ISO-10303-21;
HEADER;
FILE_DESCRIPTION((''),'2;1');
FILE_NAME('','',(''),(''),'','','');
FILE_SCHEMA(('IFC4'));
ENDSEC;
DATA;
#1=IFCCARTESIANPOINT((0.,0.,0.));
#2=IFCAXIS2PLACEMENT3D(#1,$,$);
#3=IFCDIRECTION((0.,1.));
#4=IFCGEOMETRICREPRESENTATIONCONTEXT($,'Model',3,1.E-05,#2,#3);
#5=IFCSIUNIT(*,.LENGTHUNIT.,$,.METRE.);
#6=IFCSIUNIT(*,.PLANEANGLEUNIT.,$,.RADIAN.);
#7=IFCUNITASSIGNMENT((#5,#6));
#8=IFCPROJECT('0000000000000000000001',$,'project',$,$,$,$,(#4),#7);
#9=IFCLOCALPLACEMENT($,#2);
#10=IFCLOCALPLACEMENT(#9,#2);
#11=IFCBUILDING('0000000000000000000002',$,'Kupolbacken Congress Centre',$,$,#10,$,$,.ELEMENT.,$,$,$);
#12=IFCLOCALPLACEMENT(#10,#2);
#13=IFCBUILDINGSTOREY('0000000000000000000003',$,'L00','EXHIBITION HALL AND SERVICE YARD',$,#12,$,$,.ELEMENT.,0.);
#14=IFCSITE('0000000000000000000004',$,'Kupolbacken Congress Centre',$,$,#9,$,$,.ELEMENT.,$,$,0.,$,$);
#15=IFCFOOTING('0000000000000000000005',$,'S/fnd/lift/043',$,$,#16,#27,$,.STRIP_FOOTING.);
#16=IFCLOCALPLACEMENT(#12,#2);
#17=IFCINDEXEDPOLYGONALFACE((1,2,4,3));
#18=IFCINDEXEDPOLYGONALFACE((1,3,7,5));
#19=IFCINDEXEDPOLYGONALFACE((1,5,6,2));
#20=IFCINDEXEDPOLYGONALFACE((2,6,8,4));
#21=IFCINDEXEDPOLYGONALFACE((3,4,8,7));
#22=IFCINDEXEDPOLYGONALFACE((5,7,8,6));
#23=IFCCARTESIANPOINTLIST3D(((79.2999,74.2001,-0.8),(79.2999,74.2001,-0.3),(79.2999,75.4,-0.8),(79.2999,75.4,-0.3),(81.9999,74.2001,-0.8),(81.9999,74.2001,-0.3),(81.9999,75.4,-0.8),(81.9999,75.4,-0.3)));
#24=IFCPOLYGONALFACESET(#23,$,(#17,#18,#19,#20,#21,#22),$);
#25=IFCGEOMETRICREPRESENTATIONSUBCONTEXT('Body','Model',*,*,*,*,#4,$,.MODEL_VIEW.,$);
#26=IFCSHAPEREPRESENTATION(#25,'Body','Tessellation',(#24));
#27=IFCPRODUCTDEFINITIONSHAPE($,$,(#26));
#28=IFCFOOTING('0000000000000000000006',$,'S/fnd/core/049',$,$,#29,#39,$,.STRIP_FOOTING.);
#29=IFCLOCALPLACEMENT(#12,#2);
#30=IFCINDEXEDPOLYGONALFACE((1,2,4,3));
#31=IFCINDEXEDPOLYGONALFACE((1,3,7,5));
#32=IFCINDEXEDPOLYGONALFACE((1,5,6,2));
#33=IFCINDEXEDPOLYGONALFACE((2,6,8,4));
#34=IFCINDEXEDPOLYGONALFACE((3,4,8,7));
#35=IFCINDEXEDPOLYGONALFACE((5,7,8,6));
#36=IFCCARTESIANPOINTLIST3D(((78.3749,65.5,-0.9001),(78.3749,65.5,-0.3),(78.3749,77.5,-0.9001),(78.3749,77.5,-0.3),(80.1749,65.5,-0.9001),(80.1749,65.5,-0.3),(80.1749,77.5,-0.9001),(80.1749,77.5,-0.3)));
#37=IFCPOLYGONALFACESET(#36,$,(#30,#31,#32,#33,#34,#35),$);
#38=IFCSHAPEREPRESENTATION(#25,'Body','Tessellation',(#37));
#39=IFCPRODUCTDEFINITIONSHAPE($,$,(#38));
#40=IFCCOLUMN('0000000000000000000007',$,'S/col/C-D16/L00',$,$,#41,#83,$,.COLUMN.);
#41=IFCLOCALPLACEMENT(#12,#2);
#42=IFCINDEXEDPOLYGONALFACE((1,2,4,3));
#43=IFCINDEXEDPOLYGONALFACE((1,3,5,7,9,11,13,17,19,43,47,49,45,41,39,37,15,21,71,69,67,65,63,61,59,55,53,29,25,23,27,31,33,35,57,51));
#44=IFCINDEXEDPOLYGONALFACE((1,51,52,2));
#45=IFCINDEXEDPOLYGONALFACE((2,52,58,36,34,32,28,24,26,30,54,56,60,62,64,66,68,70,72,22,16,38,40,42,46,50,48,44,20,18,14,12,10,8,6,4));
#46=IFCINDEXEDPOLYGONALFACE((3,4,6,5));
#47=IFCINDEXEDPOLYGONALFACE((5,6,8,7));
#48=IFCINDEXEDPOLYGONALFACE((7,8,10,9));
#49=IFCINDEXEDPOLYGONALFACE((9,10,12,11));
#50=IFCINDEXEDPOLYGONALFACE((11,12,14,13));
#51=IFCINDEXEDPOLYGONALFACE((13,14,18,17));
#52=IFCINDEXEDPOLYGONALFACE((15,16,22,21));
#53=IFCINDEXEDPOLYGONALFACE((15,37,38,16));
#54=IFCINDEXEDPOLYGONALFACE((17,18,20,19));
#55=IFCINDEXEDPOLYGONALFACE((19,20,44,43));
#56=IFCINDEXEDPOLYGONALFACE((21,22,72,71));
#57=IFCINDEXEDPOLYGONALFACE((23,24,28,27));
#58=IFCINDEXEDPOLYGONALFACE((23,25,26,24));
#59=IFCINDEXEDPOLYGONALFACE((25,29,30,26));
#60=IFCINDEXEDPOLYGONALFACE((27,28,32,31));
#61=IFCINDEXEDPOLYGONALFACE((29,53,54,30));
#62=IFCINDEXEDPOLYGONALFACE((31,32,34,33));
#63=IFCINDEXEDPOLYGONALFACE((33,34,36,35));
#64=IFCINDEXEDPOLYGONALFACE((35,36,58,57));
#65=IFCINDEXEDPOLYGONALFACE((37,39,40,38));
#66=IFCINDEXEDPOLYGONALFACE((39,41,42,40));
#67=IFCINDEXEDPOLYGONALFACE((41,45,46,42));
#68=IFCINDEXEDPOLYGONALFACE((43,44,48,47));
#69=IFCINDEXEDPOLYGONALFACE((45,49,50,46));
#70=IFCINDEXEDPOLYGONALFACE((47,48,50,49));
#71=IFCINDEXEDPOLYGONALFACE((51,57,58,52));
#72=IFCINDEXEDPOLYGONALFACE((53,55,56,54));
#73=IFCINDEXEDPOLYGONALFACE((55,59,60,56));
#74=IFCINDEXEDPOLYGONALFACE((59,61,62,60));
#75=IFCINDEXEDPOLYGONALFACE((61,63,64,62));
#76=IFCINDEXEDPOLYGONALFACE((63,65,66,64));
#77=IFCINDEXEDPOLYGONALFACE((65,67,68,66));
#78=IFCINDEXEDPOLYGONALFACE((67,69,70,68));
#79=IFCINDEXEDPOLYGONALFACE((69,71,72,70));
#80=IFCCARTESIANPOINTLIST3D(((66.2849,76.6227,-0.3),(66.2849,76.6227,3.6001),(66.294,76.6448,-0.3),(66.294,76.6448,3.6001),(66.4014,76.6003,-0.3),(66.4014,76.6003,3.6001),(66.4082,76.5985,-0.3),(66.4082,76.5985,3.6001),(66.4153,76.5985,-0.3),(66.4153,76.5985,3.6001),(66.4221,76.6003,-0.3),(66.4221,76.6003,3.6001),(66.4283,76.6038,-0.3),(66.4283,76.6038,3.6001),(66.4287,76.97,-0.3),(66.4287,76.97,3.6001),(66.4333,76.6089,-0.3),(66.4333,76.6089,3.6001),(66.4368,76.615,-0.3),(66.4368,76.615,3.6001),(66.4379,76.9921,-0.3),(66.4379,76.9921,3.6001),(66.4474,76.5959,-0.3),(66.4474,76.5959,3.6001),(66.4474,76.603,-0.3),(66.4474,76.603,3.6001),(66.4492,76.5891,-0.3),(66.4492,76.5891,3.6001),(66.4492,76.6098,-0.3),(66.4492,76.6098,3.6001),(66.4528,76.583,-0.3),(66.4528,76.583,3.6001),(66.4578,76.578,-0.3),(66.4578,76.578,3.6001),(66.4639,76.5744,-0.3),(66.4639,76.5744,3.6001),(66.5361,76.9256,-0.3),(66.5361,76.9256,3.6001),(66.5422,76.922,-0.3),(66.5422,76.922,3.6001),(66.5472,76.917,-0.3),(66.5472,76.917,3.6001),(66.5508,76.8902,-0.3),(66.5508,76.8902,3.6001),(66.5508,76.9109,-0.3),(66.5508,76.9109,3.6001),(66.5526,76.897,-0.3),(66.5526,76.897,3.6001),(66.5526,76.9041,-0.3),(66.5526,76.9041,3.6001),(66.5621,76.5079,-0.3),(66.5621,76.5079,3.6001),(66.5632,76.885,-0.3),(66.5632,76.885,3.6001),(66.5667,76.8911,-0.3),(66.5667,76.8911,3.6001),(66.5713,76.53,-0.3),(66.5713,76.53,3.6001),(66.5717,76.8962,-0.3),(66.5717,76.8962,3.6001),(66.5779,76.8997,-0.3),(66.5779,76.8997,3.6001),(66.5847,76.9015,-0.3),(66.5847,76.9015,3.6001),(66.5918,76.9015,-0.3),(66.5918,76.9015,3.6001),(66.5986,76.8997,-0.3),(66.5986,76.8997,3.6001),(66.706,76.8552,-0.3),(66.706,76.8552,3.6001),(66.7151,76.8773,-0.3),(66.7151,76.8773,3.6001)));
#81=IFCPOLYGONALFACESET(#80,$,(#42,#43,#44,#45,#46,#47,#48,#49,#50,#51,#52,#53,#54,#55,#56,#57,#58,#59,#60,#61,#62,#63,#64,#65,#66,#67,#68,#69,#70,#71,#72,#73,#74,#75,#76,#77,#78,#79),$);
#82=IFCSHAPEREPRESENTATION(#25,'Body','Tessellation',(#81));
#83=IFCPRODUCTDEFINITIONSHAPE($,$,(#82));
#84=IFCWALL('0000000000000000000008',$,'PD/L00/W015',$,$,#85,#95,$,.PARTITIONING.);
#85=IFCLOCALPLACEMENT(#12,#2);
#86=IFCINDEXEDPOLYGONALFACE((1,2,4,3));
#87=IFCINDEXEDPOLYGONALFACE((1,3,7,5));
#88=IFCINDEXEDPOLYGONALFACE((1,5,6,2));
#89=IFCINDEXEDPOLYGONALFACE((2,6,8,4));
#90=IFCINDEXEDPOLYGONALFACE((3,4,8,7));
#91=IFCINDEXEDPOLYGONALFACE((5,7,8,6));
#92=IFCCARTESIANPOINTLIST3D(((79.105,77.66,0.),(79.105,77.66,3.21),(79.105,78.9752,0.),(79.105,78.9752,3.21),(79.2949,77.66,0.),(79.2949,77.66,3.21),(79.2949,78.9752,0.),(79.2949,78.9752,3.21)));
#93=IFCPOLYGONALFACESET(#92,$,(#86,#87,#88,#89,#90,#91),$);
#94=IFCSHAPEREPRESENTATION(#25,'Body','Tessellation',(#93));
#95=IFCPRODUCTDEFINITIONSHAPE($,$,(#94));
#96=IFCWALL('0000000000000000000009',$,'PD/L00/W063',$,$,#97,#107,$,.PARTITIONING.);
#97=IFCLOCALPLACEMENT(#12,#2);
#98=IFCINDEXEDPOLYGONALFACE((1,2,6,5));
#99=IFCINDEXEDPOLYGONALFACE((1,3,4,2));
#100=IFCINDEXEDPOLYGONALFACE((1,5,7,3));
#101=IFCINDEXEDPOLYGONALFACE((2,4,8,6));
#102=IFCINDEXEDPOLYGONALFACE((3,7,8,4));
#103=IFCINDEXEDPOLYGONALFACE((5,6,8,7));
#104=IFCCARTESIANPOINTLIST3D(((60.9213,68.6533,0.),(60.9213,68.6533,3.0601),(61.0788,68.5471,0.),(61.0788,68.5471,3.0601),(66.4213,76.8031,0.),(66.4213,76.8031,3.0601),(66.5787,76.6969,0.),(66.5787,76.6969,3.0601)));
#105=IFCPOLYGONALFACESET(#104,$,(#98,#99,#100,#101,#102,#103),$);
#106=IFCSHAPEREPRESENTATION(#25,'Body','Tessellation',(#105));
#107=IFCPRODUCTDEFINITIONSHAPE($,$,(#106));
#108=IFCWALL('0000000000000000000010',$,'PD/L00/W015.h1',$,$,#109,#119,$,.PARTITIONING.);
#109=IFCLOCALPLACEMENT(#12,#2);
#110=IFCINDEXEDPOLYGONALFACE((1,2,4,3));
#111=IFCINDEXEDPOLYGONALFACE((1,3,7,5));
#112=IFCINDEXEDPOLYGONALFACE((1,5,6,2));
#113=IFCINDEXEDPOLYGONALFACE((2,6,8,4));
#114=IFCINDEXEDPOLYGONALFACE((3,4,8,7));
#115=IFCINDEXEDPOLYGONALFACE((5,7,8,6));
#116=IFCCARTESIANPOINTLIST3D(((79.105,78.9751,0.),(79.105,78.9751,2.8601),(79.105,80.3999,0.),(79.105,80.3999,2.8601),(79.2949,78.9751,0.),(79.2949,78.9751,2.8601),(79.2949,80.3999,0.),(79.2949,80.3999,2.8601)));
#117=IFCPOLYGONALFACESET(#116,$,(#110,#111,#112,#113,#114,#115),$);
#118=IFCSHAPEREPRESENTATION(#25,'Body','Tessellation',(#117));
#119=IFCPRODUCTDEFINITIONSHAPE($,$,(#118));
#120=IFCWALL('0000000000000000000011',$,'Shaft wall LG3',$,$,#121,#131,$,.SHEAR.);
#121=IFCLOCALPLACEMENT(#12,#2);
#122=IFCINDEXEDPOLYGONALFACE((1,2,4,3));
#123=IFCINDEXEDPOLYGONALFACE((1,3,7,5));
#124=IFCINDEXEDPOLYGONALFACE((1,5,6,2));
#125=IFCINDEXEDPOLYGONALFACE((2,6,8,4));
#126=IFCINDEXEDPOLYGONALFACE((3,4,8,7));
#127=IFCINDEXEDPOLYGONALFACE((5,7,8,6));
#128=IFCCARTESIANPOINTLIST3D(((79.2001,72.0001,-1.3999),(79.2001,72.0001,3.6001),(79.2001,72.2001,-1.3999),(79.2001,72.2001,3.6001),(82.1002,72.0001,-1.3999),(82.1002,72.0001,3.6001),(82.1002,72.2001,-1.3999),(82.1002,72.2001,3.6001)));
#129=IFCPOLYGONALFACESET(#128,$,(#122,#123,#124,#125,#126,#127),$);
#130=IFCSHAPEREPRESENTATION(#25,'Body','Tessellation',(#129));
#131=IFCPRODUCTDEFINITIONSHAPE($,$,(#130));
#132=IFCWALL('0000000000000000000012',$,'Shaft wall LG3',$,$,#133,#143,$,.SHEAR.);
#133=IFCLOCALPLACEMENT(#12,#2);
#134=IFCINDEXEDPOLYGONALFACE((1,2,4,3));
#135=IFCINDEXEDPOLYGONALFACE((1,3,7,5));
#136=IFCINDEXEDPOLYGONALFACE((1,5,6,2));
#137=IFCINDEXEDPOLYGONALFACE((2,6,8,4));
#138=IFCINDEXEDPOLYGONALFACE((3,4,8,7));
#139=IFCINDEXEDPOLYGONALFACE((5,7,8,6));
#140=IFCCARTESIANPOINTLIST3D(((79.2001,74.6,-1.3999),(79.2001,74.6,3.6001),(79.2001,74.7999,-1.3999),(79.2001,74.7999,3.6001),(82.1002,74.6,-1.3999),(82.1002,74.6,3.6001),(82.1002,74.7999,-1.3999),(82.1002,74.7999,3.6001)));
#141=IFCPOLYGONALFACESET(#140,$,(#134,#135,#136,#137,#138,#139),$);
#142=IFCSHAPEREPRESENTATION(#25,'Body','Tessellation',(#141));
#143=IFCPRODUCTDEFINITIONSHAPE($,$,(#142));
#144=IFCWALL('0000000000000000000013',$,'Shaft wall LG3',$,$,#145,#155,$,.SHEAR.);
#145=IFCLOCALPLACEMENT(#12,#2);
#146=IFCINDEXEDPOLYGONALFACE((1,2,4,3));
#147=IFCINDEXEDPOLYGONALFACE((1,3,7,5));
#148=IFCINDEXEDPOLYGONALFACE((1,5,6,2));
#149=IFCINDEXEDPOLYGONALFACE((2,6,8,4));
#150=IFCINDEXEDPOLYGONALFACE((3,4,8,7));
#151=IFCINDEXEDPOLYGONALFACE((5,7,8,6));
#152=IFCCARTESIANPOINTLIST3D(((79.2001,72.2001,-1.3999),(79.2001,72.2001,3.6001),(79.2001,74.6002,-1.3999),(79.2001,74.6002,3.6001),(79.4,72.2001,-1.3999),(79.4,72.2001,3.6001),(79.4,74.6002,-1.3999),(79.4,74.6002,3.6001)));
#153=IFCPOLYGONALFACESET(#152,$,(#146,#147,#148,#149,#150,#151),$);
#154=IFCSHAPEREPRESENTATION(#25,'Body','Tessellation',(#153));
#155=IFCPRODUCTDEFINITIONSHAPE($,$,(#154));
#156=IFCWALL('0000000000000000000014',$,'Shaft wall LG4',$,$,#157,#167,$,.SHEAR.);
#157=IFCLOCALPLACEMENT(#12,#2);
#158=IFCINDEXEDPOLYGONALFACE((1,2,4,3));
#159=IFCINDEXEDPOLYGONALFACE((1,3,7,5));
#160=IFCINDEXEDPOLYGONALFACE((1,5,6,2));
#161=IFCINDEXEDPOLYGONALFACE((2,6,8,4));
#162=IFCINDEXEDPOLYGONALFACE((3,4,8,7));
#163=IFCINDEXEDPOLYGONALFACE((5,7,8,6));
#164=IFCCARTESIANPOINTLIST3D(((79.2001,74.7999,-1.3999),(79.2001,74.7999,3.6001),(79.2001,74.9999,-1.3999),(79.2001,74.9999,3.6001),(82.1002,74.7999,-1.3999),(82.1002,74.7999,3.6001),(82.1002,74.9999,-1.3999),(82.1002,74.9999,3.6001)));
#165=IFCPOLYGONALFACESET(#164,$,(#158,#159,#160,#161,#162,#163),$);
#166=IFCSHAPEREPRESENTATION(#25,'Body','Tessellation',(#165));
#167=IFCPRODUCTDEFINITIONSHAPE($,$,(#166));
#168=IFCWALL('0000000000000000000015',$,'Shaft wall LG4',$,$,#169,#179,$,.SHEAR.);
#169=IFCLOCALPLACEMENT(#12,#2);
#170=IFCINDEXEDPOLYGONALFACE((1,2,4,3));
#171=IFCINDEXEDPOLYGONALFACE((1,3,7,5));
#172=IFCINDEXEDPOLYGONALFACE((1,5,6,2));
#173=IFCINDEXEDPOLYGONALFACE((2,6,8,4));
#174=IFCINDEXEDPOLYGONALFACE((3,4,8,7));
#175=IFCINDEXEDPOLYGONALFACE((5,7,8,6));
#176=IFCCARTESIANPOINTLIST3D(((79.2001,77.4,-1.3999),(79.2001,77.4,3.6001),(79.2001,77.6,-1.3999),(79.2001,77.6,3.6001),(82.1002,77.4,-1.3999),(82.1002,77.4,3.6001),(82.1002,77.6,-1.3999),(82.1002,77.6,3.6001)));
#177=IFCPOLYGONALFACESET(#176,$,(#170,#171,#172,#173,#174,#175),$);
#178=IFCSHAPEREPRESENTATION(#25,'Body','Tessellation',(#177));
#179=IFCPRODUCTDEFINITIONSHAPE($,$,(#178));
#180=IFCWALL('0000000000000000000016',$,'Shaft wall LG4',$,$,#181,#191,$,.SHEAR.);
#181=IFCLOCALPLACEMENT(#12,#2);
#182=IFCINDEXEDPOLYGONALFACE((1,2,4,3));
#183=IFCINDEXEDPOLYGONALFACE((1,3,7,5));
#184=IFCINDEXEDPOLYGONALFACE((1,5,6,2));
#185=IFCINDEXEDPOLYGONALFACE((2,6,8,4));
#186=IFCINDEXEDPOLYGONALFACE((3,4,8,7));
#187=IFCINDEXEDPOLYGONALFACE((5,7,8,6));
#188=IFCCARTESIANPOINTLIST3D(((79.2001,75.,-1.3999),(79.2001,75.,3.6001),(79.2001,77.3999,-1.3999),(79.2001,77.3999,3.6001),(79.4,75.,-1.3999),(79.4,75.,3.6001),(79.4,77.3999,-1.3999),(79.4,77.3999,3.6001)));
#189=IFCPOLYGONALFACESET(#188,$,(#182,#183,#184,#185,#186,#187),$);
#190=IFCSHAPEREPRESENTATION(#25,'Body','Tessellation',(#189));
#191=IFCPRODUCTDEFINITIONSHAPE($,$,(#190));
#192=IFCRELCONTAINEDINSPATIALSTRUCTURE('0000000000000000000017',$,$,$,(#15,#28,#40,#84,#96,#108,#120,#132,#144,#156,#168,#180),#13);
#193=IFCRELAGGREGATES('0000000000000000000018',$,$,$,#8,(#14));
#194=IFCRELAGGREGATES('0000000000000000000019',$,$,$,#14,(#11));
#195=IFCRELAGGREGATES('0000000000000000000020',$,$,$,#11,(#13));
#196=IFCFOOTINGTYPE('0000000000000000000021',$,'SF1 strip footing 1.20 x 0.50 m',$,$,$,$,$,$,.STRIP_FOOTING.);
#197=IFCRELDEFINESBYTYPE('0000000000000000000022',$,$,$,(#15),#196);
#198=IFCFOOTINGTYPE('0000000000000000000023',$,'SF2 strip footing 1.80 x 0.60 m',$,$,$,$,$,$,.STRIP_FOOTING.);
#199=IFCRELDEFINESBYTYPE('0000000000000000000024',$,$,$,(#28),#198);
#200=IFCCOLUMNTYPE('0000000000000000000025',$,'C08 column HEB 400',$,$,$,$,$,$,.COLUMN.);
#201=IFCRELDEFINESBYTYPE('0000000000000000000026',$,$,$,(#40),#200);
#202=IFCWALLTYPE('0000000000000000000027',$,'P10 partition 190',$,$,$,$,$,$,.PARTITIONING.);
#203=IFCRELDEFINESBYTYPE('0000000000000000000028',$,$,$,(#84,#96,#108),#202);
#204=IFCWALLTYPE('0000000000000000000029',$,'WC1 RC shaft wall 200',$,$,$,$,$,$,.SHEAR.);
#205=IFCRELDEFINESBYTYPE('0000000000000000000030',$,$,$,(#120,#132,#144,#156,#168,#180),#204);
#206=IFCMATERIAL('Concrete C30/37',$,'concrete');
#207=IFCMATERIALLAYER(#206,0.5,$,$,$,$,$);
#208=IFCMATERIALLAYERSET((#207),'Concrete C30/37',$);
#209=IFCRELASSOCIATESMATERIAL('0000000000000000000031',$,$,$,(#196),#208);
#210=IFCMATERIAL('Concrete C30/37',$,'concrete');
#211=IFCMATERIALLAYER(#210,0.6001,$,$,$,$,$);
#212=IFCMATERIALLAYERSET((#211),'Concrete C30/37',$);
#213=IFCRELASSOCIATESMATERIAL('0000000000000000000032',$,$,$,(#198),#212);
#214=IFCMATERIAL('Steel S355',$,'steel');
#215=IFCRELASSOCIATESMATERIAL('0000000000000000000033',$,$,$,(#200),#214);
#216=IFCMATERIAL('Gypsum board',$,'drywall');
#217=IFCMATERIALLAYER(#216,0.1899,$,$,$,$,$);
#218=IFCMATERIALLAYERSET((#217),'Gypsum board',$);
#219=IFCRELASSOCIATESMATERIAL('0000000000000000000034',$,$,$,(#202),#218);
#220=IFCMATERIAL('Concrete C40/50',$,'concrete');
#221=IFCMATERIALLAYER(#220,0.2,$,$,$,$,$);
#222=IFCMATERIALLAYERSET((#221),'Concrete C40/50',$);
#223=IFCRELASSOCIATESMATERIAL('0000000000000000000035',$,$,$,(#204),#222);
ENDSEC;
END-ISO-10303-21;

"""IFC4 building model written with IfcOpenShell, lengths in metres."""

from ifc_helpers import new_model, si_unit, direction, frame, frame_2d, origin, origin_2d, place, context, subcontext, project, spatial, rectangle, i_section, extrude, material, layer, layer_set, material_profile, profile_set, type_object, element, save


model = new_model("IFC4")

# Units and contexts
model_context = context("Model", 3, precision=1e-05, world=origin(), true_north=direction((0.0, 1.0)))
body_context = subcontext(model_context, "Body", "Model", "MODEL_VIEW")
ifc_project = project(units=[si_unit("LENGTHUNIT", "METRE"), si_unit("PLANEANGLEUNIT", "RADIAN")], contexts=[model_context])

# Site, building, storey
site_placement = place(None, origin())
site = spatial("IfcSite", under=ifc_project, at=site_placement, Name="Kupolbacken Congress Centre", CompositionType="ELEMENT", RefElevation=0.0)
building_placement = place(site_placement, origin())
building = spatial("IfcBuilding", under=site, at=building_placement, Name="Kupolbacken Congress Centre", CompositionType="ELEMENT")
storey_placement = place(building_placement, origin())
storey = spatial("IfcBuildingStorey", under=building, at=storey_placement, Name="L00", Description="EXHIBITION HALL AND SERVICE YARD", CompositionType="ELEMENT", Elevation=0.0)

# Footings
ifc_material_1 = material(Name="Concrete C30/37", Category="concrete")
ifc_layer_1 = layer(ifc_material_1, 0.5)
ifc_layer_set_1 = layer_set([ifc_layer_1], Name="Concrete C30/37")
footing_type_1 = type_object("IfcFootingType", Name="SF1 strip footing 1.20 x 0.50 m", PredefinedType="STRIP_FOOTING", material=ifc_layer_set_1)
footing_1_placement = place(storey_placement, frame((80.6499, 74.8, -0.8), z_axis=(0.0, 0.0, 1.0), x_axis=(1.0, 0.0, 0.0)))
element("IfcFooting", 1, at=footing_1_placement, inside=storey, type_object=footing_type_1, Name="S/fnd/lift/043", PredefinedType="STRIP_FOOTING", context=body_context, shape_type="SweptSolid", body=[
    extrude(rectangle(XDim=2.7, YDim=1.2, at=origin_2d()), origin(), (0.0, 0.0, 1.0), 0.5),
])
ifc_material_2 = material(Name="Concrete C30/37", Category="concrete")
ifc_layer_2 = layer(ifc_material_2, 0.6001)
ifc_layer_set_2 = layer_set([ifc_layer_2], Name="Concrete C30/37")
footing_type_2 = type_object("IfcFootingType", Name="SF2 strip footing 1.80 x 0.60 m", PredefinedType="STRIP_FOOTING", material=ifc_layer_set_2)
footing_2_placement = place(storey_placement, frame((79.2749, 71.5, -0.9001), z_axis=(0.0, 0.0, 1.0), x_axis=(0.0, 1.0, 0.0)))
element("IfcFooting", 2, at=footing_2_placement, inside=storey, type_object=footing_type_2, Name="S/fnd/core/049", PredefinedType="STRIP_FOOTING", context=body_context, shape_type="SweptSolid", body=[
    extrude(rectangle(XDim=12.0, YDim=1.8, at=origin_2d()), origin(), (0.0, 0.0, 1.0), 0.6001),
])

# Column
ifc_material_3 = material(Name="Steel S355", Category="steel")
ifc_material_profile_1 = material_profile(ifc_material_3, i_section(OverallWidth=0.3, OverallDepth=0.3999, WebThickness=0.0134, FlangeThickness=0.0239, FilletRadius=0.0271, at=origin_2d()), Name="HEB 400")
ifc_profile_set_1 = profile_set([ifc_material_profile_1], Name="Steel S355")
column_type = type_object("IfcColumnType", Name="C08 column HEB 400", PredefinedType="COLUMN", material=ifc_profile_set_1)
column_placement = place(storey_placement, frame((66.5, 76.75, -0.3), z_axis=(0.0, 0.0, 1.0), x_axis=(0.923896, -0.382644, 0.0)))
element("IfcColumn", 3, at=column_placement, inside=storey, type_object=column_type, Name="S/col/C-D16/L00", PredefinedType="COLUMN", context=body_context, shape_type="SweptSolid", body=[
    extrude(i_section(OverallWidth=0.3, OverallDepth=0.3999, WebThickness=0.0134, FlangeThickness=0.0239, FilletRadius=0.0271, at=origin_2d()), origin(), (0.0, 0.0, 1.0), 3.9001),
])

# Walls
ifc_material_4 = material(Name="Gypsum board", Category="drywall")
ifc_layer_3 = layer(ifc_material_4, 0.1899)
ifc_layer_set_3 = layer_set([ifc_layer_3], Name="Gypsum board")
wall_type_1 = type_object("IfcWallType", Name="P10 partition 190", PredefinedType="PARTITIONING", material=ifc_layer_set_3)
wall_1_placement = place(storey_placement, frame((79.2, 77.6599, 0.0), z_axis=(0.0, 0.0, 1.0), x_axis=(0.0, 1.0, 0.0)))
element("IfcWall", 4, at=wall_1_placement, inside=storey, type_object=wall_type_1, Name="PD/L00/W015", PredefinedType="PARTITIONING", context=body_context, shape_type="SweptSolid", body=[
    extrude(rectangle(XDim=1.3152, YDim=0.1899, at=frame_2d((0.6577, 0.0))), origin(), (0.0, 0.0, 1.0), 3.21),
])
wall_2_placement = place(storey_placement, frame((66.5, 76.75, 0.0), z_axis=(0.0, 0.0, 1.0), x_axis=(-0.55939, -0.828905, 0.0)))
element("IfcWall", 5, at=wall_2_placement, inside=storey, type_object=wall_type_1, Name="PD/L00/W063", PredefinedType="PARTITIONING", context=body_context, shape_type="SweptSolid", body=[
    extrude(rectangle(XDim=9.832, YDim=0.1899, at=frame_2d((4.916, 0.0))), origin(), (0.0, 0.0, 1.0), 3.0601),
])
wall_3_placement = place(storey_placement, frame((79.2, 78.9751, 0.0), z_axis=(0.0, 0.0, 1.0), x_axis=(0.0, 1.0, 0.0)))
element("IfcWall", 6, at=wall_3_placement, inside=storey, type_object=wall_type_1, Name="PD/L00/W015.h1", PredefinedType="PARTITIONING", context=body_context, shape_type="SweptSolid", body=[
    extrude(rectangle(XDim=1.4248, YDim=0.1899, at=frame_2d((0.7124, 0.0))), origin(), (0.0, 0.0, 1.0), 2.8601),
])
ifc_material_5 = material(Name="Concrete C40/50", Category="concrete")
ifc_layer_4 = layer(ifc_material_5, 0.2)
ifc_layer_set_4 = layer_set([ifc_layer_4], Name="Concrete C40/50")
wall_type_2 = type_object("IfcWallType", Name="WC1 RC shaft wall 200", PredefinedType="SHEAR", material=ifc_layer_set_4)
for number, where, z_axis, x_axis, name in (
    (7, (79.2, 72.1001, -1.3999), (0.0, 0.0, 1.0), (1.0, 0.0, 0.0), "Shaft wall LG3"),
    (8, (79.2, 74.7, -1.3999), (0.0, 0.0, 1.0), (1.0, 0.0, 0.0), "Shaft wall LG3"),
):
    element("IfcWall", number, at=place(storey_placement, frame(where, z_axis=z_axis, x_axis=x_axis)), inside=storey, type_object=wall_type_2, Name=name, PredefinedType="SHEAR", context=body_context, shape_type="SweptSolid", body=[
        extrude(rectangle(XDim=2.9001, YDim=0.2, at=frame_2d((1.4502, 0.0))), origin(), (0.0, 0.0, 1.0), 5.0),
    ])
wall_4_placement = place(storey_placement, frame((79.3, 72.2, -1.3999), z_axis=(0.0, 0.0, 1.0), x_axis=(0.0, 1.0, 0.0)))
element("IfcWall", 9, at=wall_4_placement, inside=storey, type_object=wall_type_2, Name="Shaft wall LG3", PredefinedType="SHEAR", context=body_context, shape_type="SweptSolid", body=[
    extrude(rectangle(XDim=2.4001, YDim=0.2, at=frame_2d((1.2002, 0.0))), origin(), (0.0, 0.0, 1.0), 5.0),
])
for number, where, z_axis, x_axis, name in (
    (10, (79.2, 74.8999, -1.3999), (0.0, 0.0, 1.0), (1.0, 0.0, 0.0), "Shaft wall LG4"),
    (11, (79.2, 77.5, -1.3999), (0.0, 0.0, 1.0), (1.0, 0.0, 0.0), "Shaft wall LG4"),
):
    element("IfcWall", number, at=place(storey_placement, frame(where, z_axis=z_axis, x_axis=x_axis)), inside=storey, type_object=wall_type_2, Name=name, PredefinedType="SHEAR", context=body_context, shape_type="SweptSolid", body=[
        extrude(rectangle(XDim=2.9001, YDim=0.2, at=frame_2d((1.4502, 0.0))), origin(), (0.0, 0.0, 1.0), 5.0),
    ])
wall_5_placement = place(storey_placement, frame((79.3, 75.0, -1.3999), z_axis=(0.0, 0.0, 1.0), x_axis=(0.0, 1.0, 0.0)))
element("IfcWall", 12, at=wall_5_placement, inside=storey, type_object=wall_type_2, Name="Shaft wall LG4", PredefinedType="SHEAR", context=body_context, shape_type="SweptSolid", body=[
    extrude(rectangle(XDim=2.3999, YDim=0.2, at=frame_2d((1.2, 0.0))), origin(), (0.0, 0.0, 1.0), 5.0),
])

save(model, "model.ifc")
